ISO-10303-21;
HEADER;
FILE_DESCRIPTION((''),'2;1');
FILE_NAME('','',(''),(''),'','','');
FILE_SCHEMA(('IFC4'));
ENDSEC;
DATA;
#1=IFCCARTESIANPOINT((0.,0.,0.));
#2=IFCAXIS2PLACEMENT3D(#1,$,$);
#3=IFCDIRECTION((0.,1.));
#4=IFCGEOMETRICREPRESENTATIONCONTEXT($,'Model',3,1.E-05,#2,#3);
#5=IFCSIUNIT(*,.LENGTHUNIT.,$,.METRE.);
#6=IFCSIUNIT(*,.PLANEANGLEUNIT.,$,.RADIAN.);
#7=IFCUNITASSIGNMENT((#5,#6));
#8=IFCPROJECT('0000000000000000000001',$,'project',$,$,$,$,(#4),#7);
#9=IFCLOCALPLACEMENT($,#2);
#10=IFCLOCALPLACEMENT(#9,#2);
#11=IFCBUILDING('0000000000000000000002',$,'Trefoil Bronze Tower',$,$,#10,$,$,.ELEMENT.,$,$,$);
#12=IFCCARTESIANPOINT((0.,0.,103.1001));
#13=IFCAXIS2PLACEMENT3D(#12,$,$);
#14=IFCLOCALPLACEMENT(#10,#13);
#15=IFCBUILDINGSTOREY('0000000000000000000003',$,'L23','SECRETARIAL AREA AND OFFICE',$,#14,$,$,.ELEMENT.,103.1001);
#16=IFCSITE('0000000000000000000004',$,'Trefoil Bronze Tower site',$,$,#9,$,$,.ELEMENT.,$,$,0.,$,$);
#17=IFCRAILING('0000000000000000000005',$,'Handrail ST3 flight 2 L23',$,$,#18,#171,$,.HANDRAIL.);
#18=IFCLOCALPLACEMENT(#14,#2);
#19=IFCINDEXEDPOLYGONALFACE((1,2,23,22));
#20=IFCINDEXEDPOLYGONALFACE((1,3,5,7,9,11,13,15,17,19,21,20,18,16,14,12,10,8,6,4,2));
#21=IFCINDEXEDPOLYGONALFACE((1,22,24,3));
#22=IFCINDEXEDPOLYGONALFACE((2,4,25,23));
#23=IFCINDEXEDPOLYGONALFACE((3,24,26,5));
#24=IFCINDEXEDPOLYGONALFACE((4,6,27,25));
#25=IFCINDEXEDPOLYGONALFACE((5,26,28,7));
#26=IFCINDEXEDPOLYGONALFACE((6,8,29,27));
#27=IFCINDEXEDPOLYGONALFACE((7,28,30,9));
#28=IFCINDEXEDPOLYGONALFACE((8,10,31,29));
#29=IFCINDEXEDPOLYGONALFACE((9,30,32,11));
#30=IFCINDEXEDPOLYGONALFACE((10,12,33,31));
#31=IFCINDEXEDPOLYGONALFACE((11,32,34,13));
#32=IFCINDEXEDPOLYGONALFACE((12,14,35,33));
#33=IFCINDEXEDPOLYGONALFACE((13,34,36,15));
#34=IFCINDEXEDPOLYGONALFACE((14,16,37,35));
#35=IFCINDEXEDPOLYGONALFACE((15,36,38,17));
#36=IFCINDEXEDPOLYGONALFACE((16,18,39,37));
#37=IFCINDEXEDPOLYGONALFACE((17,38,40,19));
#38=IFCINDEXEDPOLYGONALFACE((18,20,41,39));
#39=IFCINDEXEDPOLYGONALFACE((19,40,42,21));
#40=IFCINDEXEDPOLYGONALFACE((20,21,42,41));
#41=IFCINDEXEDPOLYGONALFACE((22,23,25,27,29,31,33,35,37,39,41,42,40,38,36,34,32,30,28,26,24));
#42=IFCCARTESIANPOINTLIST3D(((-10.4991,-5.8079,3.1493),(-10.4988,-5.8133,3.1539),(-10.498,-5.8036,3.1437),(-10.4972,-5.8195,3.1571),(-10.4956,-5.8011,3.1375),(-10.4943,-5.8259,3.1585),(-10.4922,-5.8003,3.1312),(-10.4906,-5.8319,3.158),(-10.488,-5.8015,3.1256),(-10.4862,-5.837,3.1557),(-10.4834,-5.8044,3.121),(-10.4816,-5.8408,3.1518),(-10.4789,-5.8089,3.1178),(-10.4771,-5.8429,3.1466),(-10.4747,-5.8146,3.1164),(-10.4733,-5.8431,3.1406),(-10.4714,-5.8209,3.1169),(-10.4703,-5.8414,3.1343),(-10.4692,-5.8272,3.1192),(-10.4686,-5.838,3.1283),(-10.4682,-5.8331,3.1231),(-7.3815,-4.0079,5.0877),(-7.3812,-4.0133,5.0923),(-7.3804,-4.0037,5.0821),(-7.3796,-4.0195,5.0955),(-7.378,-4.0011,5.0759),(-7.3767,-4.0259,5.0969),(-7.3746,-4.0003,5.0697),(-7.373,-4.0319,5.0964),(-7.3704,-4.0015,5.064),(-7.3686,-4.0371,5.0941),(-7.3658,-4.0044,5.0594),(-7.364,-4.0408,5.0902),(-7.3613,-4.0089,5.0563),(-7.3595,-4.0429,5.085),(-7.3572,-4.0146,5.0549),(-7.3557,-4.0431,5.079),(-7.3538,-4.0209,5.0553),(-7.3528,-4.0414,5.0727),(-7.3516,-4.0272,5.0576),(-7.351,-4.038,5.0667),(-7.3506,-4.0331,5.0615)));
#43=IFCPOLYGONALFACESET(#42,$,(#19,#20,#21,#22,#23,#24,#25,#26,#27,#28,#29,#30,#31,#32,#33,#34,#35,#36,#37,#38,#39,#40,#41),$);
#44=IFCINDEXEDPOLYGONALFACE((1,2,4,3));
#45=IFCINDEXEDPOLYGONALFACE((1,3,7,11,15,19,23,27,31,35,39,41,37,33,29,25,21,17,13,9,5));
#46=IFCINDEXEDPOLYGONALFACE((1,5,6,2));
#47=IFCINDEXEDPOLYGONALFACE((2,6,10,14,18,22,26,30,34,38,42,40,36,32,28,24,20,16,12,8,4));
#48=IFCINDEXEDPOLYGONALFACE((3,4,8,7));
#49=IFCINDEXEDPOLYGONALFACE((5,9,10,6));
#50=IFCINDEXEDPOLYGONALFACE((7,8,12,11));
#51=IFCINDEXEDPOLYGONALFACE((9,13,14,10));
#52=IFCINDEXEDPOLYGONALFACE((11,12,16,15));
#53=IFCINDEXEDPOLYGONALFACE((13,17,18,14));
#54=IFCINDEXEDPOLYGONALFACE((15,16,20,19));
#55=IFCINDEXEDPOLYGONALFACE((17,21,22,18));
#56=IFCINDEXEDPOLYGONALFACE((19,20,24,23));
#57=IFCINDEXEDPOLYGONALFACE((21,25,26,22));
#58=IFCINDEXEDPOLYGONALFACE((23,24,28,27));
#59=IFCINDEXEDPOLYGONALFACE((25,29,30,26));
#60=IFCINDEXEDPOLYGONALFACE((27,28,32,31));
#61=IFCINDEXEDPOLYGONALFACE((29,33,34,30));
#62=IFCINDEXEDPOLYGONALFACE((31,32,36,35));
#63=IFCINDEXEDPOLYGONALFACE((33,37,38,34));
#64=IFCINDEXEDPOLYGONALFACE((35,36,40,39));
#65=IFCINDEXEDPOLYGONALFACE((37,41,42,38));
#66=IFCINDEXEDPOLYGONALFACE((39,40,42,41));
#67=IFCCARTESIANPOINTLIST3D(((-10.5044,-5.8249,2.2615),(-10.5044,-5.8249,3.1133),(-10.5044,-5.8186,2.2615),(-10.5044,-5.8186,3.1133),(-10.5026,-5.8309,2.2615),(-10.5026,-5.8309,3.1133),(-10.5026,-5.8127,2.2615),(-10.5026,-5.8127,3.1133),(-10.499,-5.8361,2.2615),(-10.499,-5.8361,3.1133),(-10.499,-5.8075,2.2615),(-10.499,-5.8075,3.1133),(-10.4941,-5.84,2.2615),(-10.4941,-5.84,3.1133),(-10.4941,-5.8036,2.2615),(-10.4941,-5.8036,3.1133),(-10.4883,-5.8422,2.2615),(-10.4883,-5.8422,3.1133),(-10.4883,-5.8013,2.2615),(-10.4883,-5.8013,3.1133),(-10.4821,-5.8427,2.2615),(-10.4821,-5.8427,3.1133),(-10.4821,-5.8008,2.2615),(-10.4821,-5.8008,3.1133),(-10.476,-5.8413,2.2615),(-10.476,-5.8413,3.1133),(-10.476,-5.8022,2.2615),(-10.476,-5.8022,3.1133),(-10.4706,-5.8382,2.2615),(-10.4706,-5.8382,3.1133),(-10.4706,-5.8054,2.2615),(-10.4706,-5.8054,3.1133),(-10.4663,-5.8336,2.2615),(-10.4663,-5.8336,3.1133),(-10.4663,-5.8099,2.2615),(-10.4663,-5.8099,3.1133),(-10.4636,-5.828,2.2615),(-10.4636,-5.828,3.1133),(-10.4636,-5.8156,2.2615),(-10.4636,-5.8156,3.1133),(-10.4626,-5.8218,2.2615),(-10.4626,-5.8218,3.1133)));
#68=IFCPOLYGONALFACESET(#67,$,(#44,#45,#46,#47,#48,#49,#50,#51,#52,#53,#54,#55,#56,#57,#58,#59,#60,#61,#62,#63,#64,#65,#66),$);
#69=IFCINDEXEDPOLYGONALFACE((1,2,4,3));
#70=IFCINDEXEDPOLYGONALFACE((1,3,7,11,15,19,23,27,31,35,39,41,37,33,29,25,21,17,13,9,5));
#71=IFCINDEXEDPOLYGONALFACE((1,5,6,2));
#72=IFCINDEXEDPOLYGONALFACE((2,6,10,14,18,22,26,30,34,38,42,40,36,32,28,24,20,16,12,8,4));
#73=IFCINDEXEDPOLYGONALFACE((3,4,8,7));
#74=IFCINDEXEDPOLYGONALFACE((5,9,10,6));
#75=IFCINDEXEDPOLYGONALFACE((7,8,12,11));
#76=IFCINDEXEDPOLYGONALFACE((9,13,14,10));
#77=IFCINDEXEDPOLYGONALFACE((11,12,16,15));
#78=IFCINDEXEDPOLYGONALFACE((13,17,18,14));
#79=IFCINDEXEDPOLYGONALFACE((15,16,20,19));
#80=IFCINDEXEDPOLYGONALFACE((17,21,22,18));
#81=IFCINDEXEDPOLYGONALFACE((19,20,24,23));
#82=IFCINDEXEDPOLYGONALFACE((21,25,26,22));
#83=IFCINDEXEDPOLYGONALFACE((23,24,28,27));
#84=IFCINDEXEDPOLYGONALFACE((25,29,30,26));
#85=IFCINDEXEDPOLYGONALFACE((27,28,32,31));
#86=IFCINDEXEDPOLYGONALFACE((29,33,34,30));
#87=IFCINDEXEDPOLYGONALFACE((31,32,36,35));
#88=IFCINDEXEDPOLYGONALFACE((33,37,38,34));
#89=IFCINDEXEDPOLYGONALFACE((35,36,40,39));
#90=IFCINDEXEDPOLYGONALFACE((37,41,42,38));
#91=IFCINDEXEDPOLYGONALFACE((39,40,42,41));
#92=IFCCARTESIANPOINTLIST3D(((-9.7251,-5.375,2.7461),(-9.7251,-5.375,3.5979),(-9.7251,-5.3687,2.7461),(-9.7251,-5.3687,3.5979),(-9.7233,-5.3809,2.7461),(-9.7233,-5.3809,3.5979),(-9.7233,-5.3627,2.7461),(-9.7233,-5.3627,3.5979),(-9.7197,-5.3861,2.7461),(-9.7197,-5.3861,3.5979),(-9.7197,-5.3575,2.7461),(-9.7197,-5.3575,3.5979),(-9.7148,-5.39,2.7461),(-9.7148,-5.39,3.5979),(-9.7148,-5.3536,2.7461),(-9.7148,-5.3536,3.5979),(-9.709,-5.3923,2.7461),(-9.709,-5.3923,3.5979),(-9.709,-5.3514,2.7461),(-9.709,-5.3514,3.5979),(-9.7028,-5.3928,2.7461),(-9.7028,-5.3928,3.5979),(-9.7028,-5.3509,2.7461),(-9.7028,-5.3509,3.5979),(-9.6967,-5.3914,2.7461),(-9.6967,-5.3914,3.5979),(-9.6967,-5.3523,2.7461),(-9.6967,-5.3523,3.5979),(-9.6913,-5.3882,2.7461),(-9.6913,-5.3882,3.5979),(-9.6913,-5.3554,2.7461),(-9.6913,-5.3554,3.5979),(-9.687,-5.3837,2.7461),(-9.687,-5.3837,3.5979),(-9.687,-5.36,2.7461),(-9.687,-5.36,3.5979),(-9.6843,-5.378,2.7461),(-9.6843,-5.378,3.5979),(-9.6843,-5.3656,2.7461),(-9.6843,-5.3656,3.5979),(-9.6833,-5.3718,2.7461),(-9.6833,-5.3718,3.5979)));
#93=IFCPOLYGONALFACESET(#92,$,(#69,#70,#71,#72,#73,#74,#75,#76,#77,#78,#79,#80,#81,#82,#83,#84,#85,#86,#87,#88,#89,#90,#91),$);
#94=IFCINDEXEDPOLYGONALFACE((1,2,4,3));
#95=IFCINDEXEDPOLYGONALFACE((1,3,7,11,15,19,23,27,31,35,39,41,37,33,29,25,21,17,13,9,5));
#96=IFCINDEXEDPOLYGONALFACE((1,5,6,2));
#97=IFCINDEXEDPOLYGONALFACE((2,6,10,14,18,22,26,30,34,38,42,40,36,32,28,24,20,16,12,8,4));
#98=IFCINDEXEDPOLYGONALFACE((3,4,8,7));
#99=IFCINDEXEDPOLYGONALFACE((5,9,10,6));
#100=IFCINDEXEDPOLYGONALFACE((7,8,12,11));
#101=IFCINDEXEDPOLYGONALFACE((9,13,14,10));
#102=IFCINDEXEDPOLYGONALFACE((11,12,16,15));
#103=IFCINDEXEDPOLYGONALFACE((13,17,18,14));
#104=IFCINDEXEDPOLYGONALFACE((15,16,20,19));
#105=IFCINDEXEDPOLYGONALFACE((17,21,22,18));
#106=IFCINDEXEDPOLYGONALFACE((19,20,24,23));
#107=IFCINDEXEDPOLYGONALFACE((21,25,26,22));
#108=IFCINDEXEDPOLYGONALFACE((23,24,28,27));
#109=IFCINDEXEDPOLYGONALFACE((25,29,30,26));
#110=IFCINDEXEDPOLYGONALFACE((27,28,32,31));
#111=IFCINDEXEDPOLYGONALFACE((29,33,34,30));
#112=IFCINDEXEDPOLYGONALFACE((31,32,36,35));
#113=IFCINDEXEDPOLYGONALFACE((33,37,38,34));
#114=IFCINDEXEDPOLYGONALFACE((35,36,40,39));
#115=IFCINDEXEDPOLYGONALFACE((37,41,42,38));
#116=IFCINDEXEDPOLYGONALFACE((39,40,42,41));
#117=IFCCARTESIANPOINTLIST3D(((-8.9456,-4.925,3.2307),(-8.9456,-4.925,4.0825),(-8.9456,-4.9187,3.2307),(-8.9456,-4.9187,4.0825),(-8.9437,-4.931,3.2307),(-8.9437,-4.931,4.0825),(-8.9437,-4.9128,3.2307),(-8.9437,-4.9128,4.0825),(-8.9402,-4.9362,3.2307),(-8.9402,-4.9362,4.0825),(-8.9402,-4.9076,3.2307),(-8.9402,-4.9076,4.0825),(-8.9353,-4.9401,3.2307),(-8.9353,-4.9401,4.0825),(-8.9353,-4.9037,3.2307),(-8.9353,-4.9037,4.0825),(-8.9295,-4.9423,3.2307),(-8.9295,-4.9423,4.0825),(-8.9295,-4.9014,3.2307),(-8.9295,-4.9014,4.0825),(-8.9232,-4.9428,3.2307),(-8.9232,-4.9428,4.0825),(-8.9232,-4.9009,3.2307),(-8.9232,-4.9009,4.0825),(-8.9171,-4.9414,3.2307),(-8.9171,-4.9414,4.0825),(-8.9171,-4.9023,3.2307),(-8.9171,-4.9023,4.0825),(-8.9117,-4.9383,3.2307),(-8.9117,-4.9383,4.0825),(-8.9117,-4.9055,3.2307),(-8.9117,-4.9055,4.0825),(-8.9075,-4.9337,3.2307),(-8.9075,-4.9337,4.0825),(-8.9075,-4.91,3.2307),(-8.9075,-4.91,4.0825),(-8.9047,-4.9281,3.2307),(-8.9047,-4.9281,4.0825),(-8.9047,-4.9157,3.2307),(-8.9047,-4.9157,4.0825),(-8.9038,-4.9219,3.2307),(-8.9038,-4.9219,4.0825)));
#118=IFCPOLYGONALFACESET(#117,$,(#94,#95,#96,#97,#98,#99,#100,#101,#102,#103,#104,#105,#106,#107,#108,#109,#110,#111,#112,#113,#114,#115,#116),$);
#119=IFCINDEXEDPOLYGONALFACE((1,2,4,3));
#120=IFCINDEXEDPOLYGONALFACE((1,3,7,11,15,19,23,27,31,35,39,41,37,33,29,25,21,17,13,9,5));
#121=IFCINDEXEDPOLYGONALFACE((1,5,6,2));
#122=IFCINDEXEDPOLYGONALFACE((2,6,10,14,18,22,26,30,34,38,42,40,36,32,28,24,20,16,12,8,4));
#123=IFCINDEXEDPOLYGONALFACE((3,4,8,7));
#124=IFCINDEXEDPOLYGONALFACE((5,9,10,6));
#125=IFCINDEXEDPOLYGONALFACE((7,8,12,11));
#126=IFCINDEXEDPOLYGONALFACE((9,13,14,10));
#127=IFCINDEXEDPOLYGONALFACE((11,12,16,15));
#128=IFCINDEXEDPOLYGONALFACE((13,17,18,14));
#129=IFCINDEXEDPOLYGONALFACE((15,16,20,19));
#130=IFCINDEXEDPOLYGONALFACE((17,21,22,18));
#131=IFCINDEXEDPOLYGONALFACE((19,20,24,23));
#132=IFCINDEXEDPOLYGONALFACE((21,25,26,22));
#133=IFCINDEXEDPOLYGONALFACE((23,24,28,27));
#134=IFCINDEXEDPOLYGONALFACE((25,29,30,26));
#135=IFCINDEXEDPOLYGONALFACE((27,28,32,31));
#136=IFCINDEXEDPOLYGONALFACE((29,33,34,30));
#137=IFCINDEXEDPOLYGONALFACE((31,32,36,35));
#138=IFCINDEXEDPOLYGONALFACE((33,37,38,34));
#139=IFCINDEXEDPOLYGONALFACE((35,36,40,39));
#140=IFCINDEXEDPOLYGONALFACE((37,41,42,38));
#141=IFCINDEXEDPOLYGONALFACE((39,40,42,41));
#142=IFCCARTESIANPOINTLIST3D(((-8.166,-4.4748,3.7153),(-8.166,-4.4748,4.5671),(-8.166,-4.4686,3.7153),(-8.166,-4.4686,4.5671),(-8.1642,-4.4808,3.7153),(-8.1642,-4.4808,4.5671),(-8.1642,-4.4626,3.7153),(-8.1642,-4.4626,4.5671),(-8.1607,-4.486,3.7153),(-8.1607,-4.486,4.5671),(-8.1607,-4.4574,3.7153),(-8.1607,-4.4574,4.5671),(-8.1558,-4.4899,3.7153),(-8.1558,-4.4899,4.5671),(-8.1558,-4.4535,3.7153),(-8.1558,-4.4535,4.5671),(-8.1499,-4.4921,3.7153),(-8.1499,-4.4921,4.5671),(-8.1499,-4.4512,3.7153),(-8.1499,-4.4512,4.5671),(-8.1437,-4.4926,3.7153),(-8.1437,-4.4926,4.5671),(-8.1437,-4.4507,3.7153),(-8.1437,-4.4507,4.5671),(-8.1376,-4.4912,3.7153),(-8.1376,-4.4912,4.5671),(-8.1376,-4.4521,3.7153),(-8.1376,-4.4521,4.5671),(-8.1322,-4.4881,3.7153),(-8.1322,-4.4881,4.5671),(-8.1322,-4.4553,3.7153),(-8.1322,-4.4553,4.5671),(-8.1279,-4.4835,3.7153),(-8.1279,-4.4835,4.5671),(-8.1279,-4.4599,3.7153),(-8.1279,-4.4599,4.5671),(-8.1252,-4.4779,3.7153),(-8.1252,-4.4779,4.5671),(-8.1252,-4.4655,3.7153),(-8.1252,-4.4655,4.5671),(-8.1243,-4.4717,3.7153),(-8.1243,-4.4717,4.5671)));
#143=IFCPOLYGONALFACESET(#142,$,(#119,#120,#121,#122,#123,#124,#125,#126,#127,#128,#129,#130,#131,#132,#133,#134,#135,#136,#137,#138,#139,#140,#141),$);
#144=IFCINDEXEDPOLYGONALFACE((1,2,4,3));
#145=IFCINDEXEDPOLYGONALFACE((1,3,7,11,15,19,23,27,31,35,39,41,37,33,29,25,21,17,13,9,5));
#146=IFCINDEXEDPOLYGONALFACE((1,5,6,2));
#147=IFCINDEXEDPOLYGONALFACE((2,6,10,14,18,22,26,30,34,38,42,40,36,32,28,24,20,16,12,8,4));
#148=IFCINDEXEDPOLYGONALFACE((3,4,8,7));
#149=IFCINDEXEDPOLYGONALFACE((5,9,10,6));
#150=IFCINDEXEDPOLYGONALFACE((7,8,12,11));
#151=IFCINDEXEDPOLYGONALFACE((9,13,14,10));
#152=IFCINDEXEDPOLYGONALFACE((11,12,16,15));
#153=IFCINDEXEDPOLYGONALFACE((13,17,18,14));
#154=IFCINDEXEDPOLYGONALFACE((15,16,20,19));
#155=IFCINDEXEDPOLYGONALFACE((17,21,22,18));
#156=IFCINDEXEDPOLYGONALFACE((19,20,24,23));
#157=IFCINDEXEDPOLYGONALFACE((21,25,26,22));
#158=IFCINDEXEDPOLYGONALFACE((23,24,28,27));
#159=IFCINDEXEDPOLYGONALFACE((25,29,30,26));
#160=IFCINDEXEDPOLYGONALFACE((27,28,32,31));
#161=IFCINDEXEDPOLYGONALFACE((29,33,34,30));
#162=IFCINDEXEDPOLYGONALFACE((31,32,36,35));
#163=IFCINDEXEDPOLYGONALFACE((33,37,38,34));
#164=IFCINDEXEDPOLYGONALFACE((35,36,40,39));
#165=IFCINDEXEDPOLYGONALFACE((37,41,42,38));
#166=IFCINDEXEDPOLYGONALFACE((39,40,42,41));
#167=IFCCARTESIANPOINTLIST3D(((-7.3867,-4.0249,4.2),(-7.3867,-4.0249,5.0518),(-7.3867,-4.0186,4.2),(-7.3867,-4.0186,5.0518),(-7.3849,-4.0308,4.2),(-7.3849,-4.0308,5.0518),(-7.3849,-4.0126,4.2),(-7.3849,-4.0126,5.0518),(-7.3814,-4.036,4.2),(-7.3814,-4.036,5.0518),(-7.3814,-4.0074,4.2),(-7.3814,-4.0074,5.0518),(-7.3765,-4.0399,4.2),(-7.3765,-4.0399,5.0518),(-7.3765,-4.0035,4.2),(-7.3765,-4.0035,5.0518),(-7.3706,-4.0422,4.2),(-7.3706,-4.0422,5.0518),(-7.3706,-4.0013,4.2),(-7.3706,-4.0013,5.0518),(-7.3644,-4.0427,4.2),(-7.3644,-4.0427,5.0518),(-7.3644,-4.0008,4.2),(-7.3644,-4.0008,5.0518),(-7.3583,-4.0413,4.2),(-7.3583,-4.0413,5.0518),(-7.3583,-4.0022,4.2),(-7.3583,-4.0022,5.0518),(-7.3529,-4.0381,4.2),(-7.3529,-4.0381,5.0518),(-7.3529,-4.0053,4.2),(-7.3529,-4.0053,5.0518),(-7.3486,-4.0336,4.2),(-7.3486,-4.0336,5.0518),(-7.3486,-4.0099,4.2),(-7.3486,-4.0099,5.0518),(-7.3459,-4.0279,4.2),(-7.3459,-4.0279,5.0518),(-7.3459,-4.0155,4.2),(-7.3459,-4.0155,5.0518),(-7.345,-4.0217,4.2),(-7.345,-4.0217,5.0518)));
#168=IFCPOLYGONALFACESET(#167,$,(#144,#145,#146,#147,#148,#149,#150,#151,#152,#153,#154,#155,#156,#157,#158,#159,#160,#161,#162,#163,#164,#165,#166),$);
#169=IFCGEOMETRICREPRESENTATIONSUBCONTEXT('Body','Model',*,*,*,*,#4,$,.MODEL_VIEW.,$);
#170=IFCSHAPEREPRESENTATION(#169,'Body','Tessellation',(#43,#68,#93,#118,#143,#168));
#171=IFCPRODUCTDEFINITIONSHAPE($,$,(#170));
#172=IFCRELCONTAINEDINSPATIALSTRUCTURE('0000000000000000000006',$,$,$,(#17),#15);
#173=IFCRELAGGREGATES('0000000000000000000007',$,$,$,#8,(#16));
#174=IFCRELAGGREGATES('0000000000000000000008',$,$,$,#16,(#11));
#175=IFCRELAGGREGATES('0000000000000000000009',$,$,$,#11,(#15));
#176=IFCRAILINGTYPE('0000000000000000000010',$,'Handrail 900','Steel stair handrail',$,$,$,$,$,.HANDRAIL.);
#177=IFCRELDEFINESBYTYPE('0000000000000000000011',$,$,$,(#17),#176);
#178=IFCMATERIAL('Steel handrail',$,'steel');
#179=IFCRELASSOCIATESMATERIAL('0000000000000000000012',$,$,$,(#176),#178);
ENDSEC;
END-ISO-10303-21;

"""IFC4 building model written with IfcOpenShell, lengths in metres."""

from ifc_helpers import new_model, si_unit, direction, frame, origin, origin_2d, place, context, subcontext, project, spatial, circle, extrude, material, type_object, element, save


model = new_model("IFC4")

# Units and contexts
model_context = context("Model", 3, precision=1e-05, world=origin(), true_north=direction((0.0, 1.0)))
body_context = subcontext(model_context, "Body", "Model", "MODEL_VIEW")
ifc_project = project(units=[si_unit("LENGTHUNIT", "METRE"), si_unit("PLANEANGLEUNIT", "RADIAN")], contexts=[model_context])

# Site, building, storey
site_placement = place(None, origin())
site = spatial("IfcSite", under=ifc_project, at=site_placement, Name="Trefoil Bronze Tower site", CompositionType="ELEMENT", RefElevation=0.0)
building_placement = place(site_placement, origin())
building = spatial("IfcBuilding", under=site, at=building_placement, Name="Trefoil Bronze Tower", CompositionType="ELEMENT")
storey_placement = place(building_placement, frame((0.0, 0.0, 103.1001)))
storey = spatial("IfcBuildingStorey", under=building, at=storey_placement, Name="L23", Description="SECRETARIAL AREA AND OFFICE", CompositionType="ELEMENT", Elevation=103.1001)

# Railing
ifc_material_1 = material(Name="Steel handrail", Category="steel")
railing_type = type_object("IfcRailingType", Name="Handrail 900", Description="Steel stair handrail", PredefinedType="HANDRAIL", material=ifc_material_1)
railing_1_placement = place(storey_placement, frame((-10.4836, -5.8218, 2.2615)))
element("IfcRailing", 1, at=railing_1_placement, inside=storey, type_object=railing_type, Name="Handrail ST3 flight 2 L23", PredefinedType="HANDRAIL", context=body_context, shape_type="SweptSolid", body=[
    extrude(circle(Radius=0.0239, at=origin_2d()), frame((0.0, 0.0, 0.876), z_axis=(0.762503, 0.440246, 0.474102), x_axis=(-0.500012, 0.866018, 0.0)), (0.0, 0.0, 1.0), 4.0886),
    extrude(circle(Radius=0.021, at=origin_2d()), origin(), (0.0, 0.0, 1.0), 0.8518),
    extrude(circle(Radius=0.021, at=origin_2d()), frame((0.7793, 0.45, 0.4846)), (0.0, 0.0, 1.0), 0.8518),
    extrude(circle(Radius=0.021, at=origin_2d()), frame((1.5588, 0.8999, 0.9692)), (0.0, 0.0, 1.0), 0.8518),
    extrude(circle(Radius=0.021, at=origin_2d()), frame((2.3384, 1.3501, 1.4539)), (0.0, 0.0, 1.0), 0.8518),
    extrude(circle(Radius=0.021, at=origin_2d()), frame((3.1177, 1.8, 1.9385)), (0.0, 0.0, 1.0), 0.8518),
])

save(model, "model.ifc")
